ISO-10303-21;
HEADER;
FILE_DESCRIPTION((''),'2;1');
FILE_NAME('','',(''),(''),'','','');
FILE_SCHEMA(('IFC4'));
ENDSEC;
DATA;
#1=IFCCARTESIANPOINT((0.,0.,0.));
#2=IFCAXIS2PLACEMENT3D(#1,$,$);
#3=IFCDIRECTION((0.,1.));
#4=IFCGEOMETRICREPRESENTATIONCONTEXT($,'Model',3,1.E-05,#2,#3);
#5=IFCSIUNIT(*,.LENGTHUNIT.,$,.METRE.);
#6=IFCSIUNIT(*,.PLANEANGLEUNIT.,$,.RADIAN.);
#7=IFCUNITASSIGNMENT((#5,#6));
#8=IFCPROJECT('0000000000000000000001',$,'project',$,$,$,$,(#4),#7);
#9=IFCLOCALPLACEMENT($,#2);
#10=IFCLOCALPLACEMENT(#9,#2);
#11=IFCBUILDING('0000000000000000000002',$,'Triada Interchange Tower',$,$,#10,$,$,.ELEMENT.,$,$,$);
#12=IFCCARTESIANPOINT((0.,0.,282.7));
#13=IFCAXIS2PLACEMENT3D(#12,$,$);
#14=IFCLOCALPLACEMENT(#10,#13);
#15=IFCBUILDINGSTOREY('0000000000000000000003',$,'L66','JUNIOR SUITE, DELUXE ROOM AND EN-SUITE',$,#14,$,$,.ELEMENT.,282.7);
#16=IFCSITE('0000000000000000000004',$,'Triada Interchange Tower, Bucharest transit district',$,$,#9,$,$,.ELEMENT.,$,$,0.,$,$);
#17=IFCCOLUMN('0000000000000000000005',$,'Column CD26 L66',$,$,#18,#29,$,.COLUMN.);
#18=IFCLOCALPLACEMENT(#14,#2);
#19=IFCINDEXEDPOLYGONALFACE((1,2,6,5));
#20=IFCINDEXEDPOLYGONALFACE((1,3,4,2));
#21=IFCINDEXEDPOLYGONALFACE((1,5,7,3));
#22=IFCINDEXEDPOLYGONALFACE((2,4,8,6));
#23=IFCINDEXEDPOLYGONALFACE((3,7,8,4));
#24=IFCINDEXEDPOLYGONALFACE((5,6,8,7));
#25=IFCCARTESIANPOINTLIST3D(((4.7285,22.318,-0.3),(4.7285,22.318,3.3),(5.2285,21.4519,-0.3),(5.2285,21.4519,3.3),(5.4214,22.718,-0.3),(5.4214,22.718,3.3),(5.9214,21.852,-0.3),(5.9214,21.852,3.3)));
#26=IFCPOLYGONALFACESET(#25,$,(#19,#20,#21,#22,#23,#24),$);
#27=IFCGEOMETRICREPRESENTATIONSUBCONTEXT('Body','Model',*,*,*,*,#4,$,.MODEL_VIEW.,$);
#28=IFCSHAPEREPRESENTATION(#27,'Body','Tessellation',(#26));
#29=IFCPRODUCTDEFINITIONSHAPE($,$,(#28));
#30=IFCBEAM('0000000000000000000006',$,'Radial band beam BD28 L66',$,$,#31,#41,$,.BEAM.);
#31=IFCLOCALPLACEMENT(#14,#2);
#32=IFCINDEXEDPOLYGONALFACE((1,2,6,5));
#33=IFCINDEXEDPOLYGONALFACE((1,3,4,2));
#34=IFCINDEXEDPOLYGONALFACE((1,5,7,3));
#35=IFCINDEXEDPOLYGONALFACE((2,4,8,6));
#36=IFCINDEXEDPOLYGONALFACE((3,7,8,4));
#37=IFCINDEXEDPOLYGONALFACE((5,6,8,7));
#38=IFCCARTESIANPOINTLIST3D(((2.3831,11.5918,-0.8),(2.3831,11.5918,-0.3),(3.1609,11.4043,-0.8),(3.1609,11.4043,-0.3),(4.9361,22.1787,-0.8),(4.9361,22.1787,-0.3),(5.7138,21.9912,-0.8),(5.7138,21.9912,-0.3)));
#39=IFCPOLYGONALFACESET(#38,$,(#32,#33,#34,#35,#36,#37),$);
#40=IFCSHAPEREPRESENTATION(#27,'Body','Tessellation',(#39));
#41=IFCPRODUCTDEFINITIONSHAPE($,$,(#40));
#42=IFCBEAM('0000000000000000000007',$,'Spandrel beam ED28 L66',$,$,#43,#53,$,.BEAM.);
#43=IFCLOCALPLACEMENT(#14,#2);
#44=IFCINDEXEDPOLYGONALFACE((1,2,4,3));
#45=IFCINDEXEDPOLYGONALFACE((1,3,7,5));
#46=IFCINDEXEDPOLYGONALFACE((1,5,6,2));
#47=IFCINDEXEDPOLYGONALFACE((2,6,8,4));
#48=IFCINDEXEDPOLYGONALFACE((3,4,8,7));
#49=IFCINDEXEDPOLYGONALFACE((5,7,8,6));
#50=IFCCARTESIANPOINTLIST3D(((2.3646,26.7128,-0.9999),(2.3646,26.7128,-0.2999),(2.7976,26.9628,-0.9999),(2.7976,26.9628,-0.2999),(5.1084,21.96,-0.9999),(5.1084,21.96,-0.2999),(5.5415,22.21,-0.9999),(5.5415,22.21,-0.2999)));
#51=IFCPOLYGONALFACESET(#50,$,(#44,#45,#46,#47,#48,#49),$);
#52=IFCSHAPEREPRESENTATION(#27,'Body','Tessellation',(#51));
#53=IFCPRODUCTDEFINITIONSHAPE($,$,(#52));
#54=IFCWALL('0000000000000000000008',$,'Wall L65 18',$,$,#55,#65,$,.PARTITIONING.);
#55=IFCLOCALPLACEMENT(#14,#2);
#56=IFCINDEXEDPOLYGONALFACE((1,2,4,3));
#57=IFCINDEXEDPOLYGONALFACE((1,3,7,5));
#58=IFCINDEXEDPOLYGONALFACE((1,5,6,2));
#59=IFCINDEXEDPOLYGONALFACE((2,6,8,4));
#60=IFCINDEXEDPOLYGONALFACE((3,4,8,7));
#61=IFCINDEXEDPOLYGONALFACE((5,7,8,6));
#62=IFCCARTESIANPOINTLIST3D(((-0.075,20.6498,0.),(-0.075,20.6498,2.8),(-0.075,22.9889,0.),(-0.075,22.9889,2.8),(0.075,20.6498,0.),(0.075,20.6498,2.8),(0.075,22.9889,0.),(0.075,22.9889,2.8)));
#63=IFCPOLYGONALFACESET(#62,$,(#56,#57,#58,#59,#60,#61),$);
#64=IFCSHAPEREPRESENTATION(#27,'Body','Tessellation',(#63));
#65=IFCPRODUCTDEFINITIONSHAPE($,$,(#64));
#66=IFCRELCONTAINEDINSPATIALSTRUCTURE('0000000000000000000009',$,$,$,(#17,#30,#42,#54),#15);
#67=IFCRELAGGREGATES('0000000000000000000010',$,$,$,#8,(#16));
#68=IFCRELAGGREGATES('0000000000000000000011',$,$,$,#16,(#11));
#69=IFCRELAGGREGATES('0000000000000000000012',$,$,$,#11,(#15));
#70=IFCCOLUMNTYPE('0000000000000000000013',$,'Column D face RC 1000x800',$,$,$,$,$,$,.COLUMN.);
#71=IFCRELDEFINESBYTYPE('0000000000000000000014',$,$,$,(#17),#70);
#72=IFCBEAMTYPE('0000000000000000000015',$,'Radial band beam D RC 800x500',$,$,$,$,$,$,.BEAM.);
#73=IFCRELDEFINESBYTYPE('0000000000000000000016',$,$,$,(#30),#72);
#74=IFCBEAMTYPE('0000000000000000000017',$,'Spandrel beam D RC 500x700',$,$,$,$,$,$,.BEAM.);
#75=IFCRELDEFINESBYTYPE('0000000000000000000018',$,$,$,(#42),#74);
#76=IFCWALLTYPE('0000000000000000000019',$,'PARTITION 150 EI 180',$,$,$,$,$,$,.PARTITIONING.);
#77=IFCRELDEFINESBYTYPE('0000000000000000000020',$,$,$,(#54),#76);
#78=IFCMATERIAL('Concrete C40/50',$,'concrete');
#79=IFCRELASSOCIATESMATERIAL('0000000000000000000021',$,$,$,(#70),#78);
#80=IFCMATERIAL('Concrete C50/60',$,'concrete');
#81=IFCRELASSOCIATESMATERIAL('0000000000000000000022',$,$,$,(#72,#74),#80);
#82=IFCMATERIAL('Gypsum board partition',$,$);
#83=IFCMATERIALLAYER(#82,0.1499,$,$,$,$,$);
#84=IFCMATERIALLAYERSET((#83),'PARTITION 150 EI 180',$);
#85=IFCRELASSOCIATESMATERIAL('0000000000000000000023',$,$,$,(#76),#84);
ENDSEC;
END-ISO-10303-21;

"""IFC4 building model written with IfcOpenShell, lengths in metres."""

from ifc_helpers import new_model, si_unit, direction, frame, frame_2d, origin, origin_2d, place, context, subcontext, project, spatial, rectangle, extrude, material, layer, layer_set, material_profile, profile_set, type_object, element, save


model = new_model("IFC4")

# Units and contexts
model_context = context("Model", 3, precision=1e-05, world=origin(), true_north=direction((0.0, 1.0)))
body_context = subcontext(model_context, "Body", "Model", "MODEL_VIEW")
ifc_project = project(units=[si_unit("LENGTHUNIT", "METRE"), si_unit("PLANEANGLEUNIT", "RADIAN")], contexts=[model_context])

# Site, building, storey
site_placement = place(None, origin())
site = spatial("IfcSite", under=ifc_project, at=site_placement, Name="Triada Interchange Tower, Bucharest transit district", CompositionType="ELEMENT", RefElevation=0.0)
building_placement = place(site_placement, origin())
building = spatial("IfcBuilding", under=site, at=building_placement, Name="Triada Interchange Tower", CompositionType="ELEMENT")
storey_placement = place(building_placement, frame((0.0, 0.0, 282.7)))
storey = spatial("IfcBuildingStorey", under=building, at=storey_placement, Name="L66", Description="JUNIOR SUITE, DELUXE ROOM AND EN-SUITE", CompositionType="ELEMENT", Elevation=282.7)

# Column
ifc_material_1 = material(Name="Concrete C40/50", Category="concrete")
ifc_material_profile_1 = material_profile(ifc_material_1, rectangle(XDim=1.0, YDim=0.8, at=origin_2d()), Name="RC 1000x800")
ifc_profile_set_1 = profile_set([ifc_material_profile_1], Name="Concrete C40/50")
column_type = type_object("IfcColumnType", Name="Column D face RC 1000x800", PredefinedType="COLUMN", material=ifc_profile_set_1)
column_placement = place(storey_placement, frame((5.325, 22.085, -0.3), z_axis=(0.0, 0.0, 1.0), x_axis=(-0.5, 0.866025, 0.0)))
element("IfcColumn", 1, at=column_placement, inside=storey, type_object=column_type, Name="Column CD26 L66", PredefinedType="COLUMN", context=body_context, shape_type="SweptSolid", body=[
    extrude(rectangle(XDim=1.0, YDim=0.8, at=origin_2d()), origin(), (0.0, 0.0, 1.0), 3.6001),
])

# Beams
ifc_material_2 = material(Name="Concrete C50/60", Category="concrete")
ifc_material_profile_2 = material_profile(ifc_material_2, rectangle(XDim=0.8, YDim=0.5, at=origin_2d()), Name="RC 800x500")
ifc_profile_set_2 = profile_set([ifc_material_profile_2], Name="Concrete C50/60")
beam_type_1 = type_object("IfcBeamType", Name="Radial band beam D RC 800x500", PredefinedType="BEAM", material=ifc_profile_set_2)
beam_1_placement = place(storey_placement, frame((5.325, 22.085, -0.55), z_axis=(-0.234425, -0.972134, 0.0), x_axis=(0.972134, -0.234425, 0.0)))
element("IfcBeam", 2, at=beam_1_placement, inside=storey, type_object=beam_type_1, Name="Radial band beam BD28 L66", PredefinedType="BEAM", context=body_context, shape_type="SweptSolid", body=[
    extrude(rectangle(XDim=0.8, YDim=0.5, at=origin_2d()), origin(), (0.0, 0.0, 1.0), 10.8904),
])
ifc_material_profile_3 = material_profile(ifc_material_2, rectangle(XDim=0.5, YDim=0.7, at=origin_2d()), Name="RC 500x700")
ifc_profile_set_3 = profile_set([ifc_material_profile_3], Name="Concrete C50/60")
beam_type_2 = type_object("IfcBeamType", Name="Spandrel beam D RC 500x700", PredefinedType="BEAM", material=ifc_profile_set_3)
beam_2_placement = place(storey_placement, frame((5.325, 22.085, -0.6499), z_axis=(-0.499971, 0.866042, 0.0), x_axis=(-0.866042, -0.499971, 0.0)))
element("IfcBeam", 3, at=beam_2_placement, inside=storey, type_object=beam_type_2, Name="Spandrel beam ED28 L66", PredefinedType="BEAM", context=body_context, shape_type="SweptSolid", body=[
    extrude(rectangle(XDim=0.5, YDim=0.7, at=origin_2d()), origin(), (0.0, 0.0, 1.0), 5.488),
])

# Wall
ifc_material_3 = material(Name="Gypsum board partition")
ifc_layer_1 = layer(ifc_material_3, 0.1499)
ifc_layer_set_1 = layer_set([ifc_layer_1], Name="PARTITION 150 EI 180")
wall_type_1 = type_object("IfcWallType", Name="PARTITION 150 EI 180", PredefinedType="PARTITIONING", material=ifc_layer_set_1)
wall_1_placement = place(storey_placement, frame((0.0, 20.6499, 0.0), z_axis=(0.0, 0.0, 1.0), x_axis=(0.0, 1.0, 0.0)))
element("IfcWall", 4, at=wall_1_placement, inside=storey, type_object=wall_type_1, Name="Wall L65 18", PredefinedType="PARTITIONING", context=body_context, shape_type="SweptSolid", body=[
    extrude(rectangle(XDim=2.3391, YDim=0.1499, at=frame_2d((1.1694, 0.0))), origin(), (0.0, 0.0, 1.0), 2.8),
])

save(model, "model.ifc")
